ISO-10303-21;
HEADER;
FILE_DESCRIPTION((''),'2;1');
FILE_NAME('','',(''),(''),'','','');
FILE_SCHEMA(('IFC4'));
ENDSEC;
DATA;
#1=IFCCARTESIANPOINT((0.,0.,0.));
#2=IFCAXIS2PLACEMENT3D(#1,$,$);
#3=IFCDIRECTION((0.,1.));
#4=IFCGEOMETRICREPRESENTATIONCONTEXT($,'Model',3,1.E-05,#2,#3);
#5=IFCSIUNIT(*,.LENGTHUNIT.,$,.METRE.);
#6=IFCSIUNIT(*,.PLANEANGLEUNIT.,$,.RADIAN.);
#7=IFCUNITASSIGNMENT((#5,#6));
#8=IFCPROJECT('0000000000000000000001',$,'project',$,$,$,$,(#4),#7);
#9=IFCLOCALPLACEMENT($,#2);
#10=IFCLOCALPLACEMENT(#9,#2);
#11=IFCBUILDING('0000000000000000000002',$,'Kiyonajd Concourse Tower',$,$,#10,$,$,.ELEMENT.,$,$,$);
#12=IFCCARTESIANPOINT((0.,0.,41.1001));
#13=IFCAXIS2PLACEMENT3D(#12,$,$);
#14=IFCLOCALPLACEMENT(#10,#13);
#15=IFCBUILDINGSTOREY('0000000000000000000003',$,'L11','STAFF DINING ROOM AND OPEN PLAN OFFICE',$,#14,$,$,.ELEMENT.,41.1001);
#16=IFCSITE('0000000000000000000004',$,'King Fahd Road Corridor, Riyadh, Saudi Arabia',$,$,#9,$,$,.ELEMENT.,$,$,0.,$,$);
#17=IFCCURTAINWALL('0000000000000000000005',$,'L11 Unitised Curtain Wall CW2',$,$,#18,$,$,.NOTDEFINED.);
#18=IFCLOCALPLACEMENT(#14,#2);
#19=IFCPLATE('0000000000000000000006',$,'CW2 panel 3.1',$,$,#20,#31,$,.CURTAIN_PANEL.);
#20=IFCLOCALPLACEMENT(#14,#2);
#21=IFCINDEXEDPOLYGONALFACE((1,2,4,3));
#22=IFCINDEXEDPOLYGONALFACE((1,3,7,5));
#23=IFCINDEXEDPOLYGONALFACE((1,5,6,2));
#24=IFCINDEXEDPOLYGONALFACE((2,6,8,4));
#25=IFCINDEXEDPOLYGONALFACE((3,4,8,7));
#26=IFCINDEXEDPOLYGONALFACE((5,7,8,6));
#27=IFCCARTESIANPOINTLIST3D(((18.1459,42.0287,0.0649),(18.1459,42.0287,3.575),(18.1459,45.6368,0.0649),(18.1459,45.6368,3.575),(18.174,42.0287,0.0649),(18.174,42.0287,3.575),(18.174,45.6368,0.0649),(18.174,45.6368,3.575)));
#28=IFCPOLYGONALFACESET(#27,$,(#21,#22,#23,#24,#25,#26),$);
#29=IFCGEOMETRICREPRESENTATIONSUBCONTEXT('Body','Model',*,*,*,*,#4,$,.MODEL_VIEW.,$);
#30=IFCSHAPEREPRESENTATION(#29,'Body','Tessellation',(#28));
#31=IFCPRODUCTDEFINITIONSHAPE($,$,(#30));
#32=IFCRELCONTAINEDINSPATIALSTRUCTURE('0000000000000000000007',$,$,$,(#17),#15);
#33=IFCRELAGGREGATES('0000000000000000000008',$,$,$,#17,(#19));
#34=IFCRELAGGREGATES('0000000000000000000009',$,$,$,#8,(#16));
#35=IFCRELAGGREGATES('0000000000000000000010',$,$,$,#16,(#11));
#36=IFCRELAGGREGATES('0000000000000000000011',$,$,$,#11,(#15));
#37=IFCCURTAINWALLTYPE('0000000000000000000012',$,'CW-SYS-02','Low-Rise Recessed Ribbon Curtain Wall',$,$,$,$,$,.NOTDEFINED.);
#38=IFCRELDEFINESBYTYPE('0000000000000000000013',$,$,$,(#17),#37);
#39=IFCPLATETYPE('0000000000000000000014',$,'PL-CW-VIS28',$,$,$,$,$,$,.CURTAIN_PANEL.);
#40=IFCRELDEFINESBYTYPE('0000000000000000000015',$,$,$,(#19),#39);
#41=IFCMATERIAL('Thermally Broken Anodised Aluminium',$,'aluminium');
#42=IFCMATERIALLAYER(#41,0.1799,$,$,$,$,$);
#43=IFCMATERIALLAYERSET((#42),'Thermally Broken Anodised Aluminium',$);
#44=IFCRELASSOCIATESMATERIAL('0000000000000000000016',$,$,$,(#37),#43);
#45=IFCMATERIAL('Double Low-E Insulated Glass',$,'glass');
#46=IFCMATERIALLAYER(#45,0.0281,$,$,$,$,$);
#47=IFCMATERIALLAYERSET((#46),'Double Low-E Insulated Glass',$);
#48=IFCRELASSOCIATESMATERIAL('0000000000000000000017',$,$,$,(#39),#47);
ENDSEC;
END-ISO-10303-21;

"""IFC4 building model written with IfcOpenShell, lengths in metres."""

from ifc_helpers import new_model, si_unit, direction, frame, origin, origin_2d, place, context, subcontext, project, spatial, rectangle, extrude, material, layer, layer_set, type_object, element, aggregate, save


model = new_model("IFC4")

# Units and contexts
model_context = context("Model", 3, precision=1e-05, world=origin(), true_north=direction((0.0, 1.0)))
body_context = subcontext(model_context, "Body", "Model", "MODEL_VIEW")
ifc_project = project(units=[si_unit("LENGTHUNIT", "METRE"), si_unit("PLANEANGLEUNIT", "RADIAN")], contexts=[model_context])

# Site, building, storey
site_placement = place(None, origin())
site = spatial("IfcSite", under=ifc_project, at=site_placement, Name="King Fahd Road Corridor, Riyadh, Saudi Arabia", CompositionType="ELEMENT", RefElevation=0.0)
building_placement = place(site_placement, origin())
building = spatial("IfcBuilding", under=site, at=building_placement, Name="Kiyonajd Concourse Tower", CompositionType="ELEMENT")
storey_placement = place(building_placement, frame((0.0, 0.0, 41.1001)))
storey = spatial("IfcBuildingStorey", under=building, at=storey_placement, Name="L11", Description="STAFF DINING ROOM AND OPEN PLAN OFFICE", CompositionType="ELEMENT", Elevation=41.1001)

# Curtain wall, plate
ifc_material_1 = material(Name="Thermally Broken Anodised Aluminium", Category="aluminium")
ifc_layer_1 = layer(ifc_material_1, 0.1799)
ifc_layer_set_1 = layer_set([ifc_layer_1], Name="Thermally Broken Anodised Aluminium")
curtain_wall_type = type_object("IfcCurtainWallType", Name="CW-SYS-02", Description="Low-Rise Recessed Ribbon Curtain Wall", PredefinedType="NOTDEFINED", material=ifc_layer_set_1)
curtain_wall_placement = place(storey_placement, origin())
curtain_wall = element("IfcCurtainWall", 1, at=curtain_wall_placement, inside=storey, type_object=curtain_wall_type, Name="L11 Unitised Curtain Wall CW2", PredefinedType="NOTDEFINED")
ifc_material_2 = material(Name="Double Low-E Insulated Glass", Category="glass")
ifc_layer_2 = layer(ifc_material_2, 0.0281)
ifc_layer_set_2 = layer_set([ifc_layer_2], Name="Double Low-E Insulated Glass")
plate_type = type_object("IfcPlateType", Name="PL-CW-VIS28", PredefinedType="CURTAIN_PANEL", material=ifc_layer_set_2)
plate_1_placement = place(storey_placement, frame((18.1599, 43.8328, 0.0649), z_axis=(0.0, 0.0, 1.0), x_axis=(0.0, 1.0, 0.0)))
plate_1 = element("IfcPlate", 2, at=plate_1_placement, type_object=plate_type, Name="CW2 panel 3.1", PredefinedType="CURTAIN_PANEL", context=body_context, shape_type="SweptSolid", body=[
    extrude(rectangle(XDim=3.6082, YDim=0.0281, at=origin_2d()), origin(), (0.0, 0.0, 1.0), 3.51),
])
aggregate(curtain_wall, [plate_1])

save(model, "model.ifc")
